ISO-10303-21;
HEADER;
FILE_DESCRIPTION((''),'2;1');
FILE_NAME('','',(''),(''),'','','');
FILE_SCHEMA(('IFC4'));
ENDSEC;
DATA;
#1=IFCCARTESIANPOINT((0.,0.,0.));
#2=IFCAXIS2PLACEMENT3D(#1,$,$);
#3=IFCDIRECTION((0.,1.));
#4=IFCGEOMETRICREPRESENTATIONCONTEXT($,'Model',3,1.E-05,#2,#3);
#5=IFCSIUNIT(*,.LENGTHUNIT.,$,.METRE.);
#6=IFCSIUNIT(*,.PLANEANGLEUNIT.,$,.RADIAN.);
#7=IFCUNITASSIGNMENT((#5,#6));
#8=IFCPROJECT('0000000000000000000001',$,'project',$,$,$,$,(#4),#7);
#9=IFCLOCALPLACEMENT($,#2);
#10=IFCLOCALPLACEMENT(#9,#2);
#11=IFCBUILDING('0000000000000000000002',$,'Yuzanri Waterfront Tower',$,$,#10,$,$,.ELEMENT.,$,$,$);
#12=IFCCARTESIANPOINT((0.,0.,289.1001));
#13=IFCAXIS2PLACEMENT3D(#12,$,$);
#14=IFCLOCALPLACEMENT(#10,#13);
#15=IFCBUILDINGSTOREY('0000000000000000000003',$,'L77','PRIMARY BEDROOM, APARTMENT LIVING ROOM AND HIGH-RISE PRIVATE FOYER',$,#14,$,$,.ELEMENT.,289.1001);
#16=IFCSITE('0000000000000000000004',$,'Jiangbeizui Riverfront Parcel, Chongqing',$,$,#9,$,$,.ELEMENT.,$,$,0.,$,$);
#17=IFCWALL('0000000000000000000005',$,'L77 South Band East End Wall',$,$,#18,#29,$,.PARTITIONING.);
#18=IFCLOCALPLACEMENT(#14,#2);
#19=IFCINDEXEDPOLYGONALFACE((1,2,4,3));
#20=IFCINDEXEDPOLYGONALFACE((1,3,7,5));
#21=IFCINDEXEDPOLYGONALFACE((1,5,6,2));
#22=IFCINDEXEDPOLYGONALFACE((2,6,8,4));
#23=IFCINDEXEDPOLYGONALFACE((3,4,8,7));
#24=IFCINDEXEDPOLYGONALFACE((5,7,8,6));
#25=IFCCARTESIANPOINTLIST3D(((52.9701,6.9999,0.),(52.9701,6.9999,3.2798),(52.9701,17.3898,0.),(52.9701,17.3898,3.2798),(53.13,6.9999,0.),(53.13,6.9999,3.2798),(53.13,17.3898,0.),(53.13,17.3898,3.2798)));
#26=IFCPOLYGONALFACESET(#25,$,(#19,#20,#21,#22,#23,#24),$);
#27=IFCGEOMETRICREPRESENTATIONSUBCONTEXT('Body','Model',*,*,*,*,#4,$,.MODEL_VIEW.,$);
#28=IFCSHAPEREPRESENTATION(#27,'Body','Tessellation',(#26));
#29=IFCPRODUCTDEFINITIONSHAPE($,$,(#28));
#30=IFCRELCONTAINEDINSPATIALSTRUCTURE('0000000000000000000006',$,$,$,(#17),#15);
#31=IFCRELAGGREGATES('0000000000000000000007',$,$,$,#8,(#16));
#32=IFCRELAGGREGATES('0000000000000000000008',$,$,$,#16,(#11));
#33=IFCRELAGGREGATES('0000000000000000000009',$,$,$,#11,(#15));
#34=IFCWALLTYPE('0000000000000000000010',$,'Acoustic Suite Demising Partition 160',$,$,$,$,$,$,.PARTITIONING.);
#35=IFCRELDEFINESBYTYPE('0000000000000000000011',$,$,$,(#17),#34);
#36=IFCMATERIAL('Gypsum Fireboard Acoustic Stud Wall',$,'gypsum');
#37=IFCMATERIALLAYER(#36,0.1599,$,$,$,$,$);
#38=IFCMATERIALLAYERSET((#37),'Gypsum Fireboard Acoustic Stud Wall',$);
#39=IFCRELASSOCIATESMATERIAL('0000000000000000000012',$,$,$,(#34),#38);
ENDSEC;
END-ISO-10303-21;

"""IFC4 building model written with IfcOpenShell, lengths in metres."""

from ifc_helpers import new_model, si_unit, direction, frame, frame_2d, origin, place, context, subcontext, project, spatial, rectangle, extrude, source, transform, mapped, material, layer, layer_set, type_object, element, save


model = new_model("IFC4")

# Units and contexts
model_context = context("Model", 3, precision=1e-05, world=origin(), true_north=direction((0.0, 1.0)))
body_context = subcontext(model_context, "Body", "Model", "MODEL_VIEW")
ifc_project = project(units=[si_unit("LENGTHUNIT", "METRE"), si_unit("PLANEANGLEUNIT", "RADIAN")], contexts=[model_context])

# Site, building, storey
site_placement = place(None, origin())
site = spatial("IfcSite", under=ifc_project, at=site_placement, Name="Jiangbeizui Riverfront Parcel, Chongqing", CompositionType="ELEMENT", RefElevation=0.0)
building_placement = place(site_placement, origin())
building = spatial("IfcBuilding", under=site, at=building_placement, Name="Yuzanri Waterfront Tower", CompositionType="ELEMENT")
storey_placement = place(building_placement, frame((0.0, 0.0, 289.1001)))
storey = spatial("IfcBuildingStorey", under=building, at=storey_placement, Name="L77", Description="PRIMARY BEDROOM, APARTMENT LIVING ROOM AND HIGH-RISE PRIVATE FOYER", CompositionType="ELEMENT", Elevation=289.1001)

# Wall
ifc_material_1 = material(Name="Gypsum Fireboard Acoustic Stud Wall", Category="gypsum")
ifc_layer_1 = layer(ifc_material_1, 0.1599)
ifc_layer_set_1 = layer_set([ifc_layer_1], Name="Gypsum Fireboard Acoustic Stud Wall")
wall_type_1 = type_object("IfcWallType", Name="Acoustic Suite Demising Partition 160", PredefinedType="PARTITIONING", material=ifc_layer_set_1)
shared_shape_1 = source(origin(), body_context, "Body", "SweptSolid", [
    extrude(rectangle(XDim=10.3899, YDim=0.1599, at=frame_2d((5.1948, 0.0))), origin(), (0.0, 0.0, 1.0), 3.2798),
])
wall_1_placement = place(storey_placement, frame((53.05, 7.0, 0.0), z_axis=(0.0, 0.0, 1.0), x_axis=(0.0, 1.0, 0.0)))
element("IfcWall", 1, at=wall_1_placement, inside=storey, type_object=wall_type_1, Name="L77 South Band East End Wall", PredefinedType="PARTITIONING", context=body_context, shape_type="MappedRepresentation", body=[
    mapped(shared_shape_1, transform((0.0, 0.0, 0.0), scale=1.0)),
])

save(model, "model.ifc")
